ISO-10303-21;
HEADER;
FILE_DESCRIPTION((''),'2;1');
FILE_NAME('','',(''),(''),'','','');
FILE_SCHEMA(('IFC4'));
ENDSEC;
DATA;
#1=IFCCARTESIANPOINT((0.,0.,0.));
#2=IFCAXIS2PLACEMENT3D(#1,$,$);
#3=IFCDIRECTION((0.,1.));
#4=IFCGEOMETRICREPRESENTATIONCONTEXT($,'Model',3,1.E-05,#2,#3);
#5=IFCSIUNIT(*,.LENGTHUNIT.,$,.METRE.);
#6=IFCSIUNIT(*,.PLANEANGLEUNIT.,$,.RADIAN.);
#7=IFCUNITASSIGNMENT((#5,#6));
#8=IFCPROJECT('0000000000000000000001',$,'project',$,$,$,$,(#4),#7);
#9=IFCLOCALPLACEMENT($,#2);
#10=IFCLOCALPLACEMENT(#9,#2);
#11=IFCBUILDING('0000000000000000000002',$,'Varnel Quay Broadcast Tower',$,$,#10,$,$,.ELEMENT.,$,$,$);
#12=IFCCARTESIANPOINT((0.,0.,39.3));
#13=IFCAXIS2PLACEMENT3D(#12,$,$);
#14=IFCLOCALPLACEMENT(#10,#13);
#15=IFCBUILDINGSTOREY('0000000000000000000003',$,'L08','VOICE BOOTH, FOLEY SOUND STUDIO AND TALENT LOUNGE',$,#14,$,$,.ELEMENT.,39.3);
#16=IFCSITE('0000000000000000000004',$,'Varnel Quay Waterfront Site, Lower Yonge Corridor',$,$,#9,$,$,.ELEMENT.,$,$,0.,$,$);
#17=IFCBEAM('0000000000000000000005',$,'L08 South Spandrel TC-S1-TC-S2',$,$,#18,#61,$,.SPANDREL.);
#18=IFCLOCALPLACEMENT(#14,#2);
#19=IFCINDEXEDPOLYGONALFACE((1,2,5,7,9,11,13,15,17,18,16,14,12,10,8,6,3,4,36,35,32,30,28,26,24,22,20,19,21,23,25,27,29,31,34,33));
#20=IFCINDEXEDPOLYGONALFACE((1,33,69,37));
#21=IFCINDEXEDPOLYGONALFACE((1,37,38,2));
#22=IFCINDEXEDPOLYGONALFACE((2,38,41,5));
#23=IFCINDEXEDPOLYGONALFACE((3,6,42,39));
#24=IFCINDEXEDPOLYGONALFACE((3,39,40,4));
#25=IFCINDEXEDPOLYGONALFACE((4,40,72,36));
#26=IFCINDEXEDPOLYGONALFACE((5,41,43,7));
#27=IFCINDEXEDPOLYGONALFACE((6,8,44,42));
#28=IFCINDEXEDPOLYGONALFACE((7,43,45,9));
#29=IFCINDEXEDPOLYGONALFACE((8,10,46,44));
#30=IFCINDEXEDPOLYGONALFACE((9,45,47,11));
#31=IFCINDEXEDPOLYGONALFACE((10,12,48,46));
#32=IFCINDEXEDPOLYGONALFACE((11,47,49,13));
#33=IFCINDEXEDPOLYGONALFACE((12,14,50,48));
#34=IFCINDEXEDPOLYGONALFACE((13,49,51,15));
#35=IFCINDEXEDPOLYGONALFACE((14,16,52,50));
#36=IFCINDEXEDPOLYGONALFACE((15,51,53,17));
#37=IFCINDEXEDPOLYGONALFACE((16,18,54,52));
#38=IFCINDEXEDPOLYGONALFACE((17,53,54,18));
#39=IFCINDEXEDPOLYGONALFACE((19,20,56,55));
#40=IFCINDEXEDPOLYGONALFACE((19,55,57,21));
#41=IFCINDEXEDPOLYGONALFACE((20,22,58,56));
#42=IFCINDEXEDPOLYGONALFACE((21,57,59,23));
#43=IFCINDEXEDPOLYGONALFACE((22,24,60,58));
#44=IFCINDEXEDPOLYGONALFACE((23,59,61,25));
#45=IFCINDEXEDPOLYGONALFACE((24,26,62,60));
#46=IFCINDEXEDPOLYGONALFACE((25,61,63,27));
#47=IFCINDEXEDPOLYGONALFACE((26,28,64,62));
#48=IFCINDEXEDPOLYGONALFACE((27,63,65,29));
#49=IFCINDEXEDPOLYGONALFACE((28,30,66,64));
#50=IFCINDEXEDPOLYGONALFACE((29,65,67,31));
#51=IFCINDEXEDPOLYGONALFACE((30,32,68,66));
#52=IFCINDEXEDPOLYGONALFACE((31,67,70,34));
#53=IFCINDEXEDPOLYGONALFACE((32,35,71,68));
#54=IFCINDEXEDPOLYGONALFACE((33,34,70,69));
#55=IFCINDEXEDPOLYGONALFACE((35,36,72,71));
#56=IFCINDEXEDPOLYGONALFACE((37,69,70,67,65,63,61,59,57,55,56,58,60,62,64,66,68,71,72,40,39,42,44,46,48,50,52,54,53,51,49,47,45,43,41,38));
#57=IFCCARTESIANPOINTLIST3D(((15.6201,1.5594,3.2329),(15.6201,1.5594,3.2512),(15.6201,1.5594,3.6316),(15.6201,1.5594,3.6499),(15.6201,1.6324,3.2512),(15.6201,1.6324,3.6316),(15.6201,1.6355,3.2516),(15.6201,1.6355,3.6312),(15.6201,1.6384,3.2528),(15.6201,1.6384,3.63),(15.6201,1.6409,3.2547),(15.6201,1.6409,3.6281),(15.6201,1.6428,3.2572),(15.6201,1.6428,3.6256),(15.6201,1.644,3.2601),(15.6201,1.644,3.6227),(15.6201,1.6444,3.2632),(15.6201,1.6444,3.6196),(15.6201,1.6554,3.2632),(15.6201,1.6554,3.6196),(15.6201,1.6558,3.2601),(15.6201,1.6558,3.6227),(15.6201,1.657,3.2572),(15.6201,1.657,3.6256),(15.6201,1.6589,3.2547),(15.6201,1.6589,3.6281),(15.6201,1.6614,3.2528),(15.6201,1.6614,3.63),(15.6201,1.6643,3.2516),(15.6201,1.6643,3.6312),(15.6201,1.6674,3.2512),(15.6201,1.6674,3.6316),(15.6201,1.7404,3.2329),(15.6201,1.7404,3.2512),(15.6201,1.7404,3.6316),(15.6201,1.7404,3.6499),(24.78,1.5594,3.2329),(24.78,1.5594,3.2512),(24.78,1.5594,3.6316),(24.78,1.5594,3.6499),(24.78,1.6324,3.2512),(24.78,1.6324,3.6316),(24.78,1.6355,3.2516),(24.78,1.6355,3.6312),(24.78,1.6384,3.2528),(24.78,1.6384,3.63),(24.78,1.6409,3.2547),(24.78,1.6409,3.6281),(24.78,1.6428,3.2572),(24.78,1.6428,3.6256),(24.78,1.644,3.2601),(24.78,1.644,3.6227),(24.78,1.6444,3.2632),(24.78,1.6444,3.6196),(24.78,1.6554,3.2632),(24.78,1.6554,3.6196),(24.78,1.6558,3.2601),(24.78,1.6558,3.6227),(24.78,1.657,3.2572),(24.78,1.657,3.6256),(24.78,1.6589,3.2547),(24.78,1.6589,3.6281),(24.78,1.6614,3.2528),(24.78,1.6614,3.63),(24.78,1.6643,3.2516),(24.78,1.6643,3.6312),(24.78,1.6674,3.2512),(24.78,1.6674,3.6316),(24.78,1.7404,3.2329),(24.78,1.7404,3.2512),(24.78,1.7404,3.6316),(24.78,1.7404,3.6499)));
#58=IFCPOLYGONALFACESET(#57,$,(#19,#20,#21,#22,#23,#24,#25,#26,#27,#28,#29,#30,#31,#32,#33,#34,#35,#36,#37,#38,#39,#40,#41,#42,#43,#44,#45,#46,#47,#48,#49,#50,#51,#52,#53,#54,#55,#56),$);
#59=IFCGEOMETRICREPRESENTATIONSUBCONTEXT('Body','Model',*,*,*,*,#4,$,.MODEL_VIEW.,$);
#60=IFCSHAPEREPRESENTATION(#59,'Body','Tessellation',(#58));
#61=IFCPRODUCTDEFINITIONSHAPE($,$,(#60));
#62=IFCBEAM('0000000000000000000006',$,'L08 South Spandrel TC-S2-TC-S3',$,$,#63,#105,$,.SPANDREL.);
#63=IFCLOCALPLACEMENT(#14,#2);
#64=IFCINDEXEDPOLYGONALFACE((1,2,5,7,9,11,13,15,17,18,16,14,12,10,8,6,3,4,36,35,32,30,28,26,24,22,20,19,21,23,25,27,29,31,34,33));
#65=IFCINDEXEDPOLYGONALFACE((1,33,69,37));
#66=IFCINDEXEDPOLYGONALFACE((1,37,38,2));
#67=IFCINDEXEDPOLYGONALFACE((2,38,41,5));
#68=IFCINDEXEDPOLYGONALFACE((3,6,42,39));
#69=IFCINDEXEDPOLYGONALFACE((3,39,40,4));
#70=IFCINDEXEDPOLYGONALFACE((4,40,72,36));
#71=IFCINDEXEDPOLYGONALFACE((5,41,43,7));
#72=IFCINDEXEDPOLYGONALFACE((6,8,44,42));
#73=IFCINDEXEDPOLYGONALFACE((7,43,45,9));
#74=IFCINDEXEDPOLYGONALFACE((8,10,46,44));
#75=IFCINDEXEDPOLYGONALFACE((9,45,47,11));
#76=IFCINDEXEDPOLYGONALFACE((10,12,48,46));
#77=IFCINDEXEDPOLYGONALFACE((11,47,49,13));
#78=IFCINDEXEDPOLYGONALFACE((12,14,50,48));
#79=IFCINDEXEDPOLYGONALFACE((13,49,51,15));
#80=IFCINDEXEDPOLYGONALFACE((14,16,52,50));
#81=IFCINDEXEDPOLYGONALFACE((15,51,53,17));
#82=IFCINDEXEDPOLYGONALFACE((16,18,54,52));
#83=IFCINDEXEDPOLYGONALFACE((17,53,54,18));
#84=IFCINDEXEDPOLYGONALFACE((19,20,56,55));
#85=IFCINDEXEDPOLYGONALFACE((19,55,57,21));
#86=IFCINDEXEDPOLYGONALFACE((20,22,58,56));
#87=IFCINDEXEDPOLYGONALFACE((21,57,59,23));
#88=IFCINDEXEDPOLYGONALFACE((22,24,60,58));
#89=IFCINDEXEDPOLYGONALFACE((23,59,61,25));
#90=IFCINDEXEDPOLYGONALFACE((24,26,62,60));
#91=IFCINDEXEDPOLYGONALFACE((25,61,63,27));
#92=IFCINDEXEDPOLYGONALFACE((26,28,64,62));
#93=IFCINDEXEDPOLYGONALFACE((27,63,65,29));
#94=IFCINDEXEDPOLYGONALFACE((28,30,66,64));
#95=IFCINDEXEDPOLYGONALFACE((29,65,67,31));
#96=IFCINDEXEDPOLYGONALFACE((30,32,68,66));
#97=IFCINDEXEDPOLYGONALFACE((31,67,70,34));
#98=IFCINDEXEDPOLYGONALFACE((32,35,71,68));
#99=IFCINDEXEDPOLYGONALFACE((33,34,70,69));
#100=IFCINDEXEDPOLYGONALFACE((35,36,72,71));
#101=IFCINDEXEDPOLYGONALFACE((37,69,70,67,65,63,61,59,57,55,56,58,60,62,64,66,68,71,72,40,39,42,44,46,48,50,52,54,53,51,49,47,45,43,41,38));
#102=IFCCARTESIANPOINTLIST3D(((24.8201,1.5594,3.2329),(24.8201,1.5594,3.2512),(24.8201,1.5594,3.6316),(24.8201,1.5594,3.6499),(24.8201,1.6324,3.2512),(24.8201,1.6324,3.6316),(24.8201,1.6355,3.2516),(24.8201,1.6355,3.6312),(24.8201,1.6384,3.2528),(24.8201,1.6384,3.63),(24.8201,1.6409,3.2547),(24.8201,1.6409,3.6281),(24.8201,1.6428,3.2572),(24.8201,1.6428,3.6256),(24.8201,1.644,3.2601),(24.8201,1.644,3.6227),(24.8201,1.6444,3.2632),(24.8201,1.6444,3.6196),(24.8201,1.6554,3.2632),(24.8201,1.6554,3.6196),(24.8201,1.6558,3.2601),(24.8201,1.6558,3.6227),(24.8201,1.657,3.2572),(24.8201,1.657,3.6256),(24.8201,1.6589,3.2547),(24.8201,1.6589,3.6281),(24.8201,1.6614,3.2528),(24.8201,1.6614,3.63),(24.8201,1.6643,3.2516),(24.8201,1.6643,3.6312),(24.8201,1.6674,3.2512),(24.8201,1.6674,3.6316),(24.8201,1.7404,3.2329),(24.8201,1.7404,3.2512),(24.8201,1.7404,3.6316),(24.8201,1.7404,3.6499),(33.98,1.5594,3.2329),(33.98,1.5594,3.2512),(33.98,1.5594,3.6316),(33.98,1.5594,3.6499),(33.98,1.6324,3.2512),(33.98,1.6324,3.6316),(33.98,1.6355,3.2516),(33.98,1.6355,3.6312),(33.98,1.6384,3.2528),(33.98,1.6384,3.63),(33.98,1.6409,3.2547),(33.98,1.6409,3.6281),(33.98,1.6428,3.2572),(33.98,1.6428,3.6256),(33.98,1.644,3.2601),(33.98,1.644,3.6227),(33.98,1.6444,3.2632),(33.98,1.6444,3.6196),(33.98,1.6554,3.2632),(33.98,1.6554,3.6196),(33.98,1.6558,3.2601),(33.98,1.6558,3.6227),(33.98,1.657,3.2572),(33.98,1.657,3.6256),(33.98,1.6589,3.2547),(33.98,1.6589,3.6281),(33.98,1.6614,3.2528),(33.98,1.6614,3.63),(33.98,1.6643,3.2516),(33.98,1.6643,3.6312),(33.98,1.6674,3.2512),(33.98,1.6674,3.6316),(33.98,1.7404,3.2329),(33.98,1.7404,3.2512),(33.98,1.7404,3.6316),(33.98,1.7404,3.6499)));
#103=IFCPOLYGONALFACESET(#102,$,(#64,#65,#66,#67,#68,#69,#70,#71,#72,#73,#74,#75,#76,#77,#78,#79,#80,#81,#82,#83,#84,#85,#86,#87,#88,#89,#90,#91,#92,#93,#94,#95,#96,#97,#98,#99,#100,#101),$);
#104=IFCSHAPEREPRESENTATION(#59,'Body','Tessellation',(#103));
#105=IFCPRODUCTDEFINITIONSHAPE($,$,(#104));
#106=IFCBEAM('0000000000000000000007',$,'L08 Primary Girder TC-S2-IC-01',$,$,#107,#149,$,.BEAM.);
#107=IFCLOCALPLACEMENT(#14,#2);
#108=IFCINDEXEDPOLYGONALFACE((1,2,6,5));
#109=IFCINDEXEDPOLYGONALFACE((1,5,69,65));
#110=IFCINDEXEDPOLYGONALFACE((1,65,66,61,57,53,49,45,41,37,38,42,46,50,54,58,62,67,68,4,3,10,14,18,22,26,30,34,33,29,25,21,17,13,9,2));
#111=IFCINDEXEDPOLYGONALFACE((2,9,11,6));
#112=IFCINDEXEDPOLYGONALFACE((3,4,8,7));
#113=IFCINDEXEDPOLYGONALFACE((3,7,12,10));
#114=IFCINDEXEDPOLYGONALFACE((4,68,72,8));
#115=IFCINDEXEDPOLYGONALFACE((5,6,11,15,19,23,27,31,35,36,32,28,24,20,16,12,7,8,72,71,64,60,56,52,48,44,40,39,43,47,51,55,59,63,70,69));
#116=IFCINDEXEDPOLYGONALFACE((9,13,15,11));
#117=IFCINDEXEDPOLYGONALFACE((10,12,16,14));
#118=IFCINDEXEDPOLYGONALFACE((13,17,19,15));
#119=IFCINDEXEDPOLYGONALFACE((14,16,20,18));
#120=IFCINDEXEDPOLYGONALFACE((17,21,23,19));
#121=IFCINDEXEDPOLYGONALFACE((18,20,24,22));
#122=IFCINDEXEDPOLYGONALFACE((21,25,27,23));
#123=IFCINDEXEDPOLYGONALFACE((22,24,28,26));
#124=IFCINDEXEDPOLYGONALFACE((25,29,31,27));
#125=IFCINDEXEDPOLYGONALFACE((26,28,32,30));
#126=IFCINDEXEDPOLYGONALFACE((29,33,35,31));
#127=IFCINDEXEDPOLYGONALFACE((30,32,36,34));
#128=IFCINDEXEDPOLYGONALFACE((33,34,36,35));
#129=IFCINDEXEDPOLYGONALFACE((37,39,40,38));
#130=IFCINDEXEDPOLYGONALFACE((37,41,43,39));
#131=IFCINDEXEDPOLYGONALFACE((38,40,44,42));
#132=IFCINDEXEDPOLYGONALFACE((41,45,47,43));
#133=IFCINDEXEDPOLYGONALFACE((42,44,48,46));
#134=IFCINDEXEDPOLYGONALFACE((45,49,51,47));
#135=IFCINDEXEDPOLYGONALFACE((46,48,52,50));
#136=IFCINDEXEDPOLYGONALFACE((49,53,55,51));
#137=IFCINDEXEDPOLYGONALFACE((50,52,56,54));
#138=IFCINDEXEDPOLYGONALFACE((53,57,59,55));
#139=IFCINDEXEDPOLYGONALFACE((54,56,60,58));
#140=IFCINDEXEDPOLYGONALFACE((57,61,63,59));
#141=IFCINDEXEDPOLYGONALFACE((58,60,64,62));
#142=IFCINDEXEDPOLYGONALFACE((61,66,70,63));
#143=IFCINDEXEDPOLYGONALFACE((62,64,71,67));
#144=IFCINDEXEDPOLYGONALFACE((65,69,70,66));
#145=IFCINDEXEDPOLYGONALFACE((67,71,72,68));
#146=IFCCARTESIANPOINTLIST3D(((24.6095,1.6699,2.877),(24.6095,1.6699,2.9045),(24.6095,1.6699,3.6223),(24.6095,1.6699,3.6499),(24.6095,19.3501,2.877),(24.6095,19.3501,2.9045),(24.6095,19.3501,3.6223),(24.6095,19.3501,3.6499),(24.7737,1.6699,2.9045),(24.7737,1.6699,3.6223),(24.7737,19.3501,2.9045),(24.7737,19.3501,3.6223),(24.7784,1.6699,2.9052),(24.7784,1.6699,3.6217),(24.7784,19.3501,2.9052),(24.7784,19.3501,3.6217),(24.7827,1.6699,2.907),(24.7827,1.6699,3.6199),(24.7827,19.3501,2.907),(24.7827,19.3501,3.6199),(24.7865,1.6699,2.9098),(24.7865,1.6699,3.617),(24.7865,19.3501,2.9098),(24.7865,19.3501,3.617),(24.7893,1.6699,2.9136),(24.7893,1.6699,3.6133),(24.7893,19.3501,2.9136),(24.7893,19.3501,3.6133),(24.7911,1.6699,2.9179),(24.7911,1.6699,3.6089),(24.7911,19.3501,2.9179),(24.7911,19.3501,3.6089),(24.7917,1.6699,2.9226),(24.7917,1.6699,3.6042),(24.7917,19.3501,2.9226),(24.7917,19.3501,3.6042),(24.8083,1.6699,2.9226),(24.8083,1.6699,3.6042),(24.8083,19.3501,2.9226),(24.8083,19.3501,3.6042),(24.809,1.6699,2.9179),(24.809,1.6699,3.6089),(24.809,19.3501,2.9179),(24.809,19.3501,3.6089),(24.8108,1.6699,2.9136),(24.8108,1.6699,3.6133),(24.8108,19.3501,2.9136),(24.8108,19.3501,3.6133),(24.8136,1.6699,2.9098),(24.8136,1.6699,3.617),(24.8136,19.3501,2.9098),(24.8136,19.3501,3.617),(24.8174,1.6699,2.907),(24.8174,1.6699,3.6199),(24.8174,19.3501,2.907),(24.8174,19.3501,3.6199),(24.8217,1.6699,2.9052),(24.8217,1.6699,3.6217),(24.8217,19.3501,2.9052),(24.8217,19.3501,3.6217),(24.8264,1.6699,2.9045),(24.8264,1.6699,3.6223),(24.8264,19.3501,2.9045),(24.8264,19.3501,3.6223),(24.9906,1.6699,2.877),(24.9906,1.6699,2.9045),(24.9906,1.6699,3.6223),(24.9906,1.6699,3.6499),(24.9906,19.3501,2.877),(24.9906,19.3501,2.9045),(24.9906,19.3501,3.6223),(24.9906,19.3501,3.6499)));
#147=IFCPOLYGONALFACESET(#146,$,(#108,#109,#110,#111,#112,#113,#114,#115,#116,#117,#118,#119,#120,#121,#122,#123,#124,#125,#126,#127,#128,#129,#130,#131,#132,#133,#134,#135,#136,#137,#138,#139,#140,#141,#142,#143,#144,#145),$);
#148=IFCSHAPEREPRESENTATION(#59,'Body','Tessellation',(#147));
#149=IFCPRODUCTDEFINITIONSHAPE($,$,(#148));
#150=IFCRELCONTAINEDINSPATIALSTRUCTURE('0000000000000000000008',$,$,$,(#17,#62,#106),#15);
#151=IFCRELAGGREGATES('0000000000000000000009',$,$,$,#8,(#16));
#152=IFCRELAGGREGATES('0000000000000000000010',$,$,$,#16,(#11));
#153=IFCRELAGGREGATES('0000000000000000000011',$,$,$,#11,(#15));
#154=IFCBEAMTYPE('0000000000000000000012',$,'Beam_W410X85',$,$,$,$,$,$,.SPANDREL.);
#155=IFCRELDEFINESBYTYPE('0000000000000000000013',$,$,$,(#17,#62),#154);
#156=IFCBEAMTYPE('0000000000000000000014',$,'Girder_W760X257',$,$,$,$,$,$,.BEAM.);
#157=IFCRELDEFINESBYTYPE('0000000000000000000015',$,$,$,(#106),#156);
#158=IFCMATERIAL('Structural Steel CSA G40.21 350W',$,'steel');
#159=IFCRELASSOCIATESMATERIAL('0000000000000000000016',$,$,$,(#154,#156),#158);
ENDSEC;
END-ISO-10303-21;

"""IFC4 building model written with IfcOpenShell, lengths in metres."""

from ifc_helpers import new_model, si_unit, direction, frame, origin, origin_2d, place, context, subcontext, project, spatial, i_section, extrude, source, transform, mapped, material, material_profile, profile_set, type_object, type_shapes, element, save


model = new_model("IFC4")

# Units and contexts
model_context = context("Model", 3, precision=1e-05, world=origin(), true_north=direction((0.0, 1.0)))
body_context = subcontext(model_context, "Body", "Model", "MODEL_VIEW")
ifc_project = project(units=[si_unit("LENGTHUNIT", "METRE"), si_unit("PLANEANGLEUNIT", "RADIAN")], contexts=[model_context])

# Site, building, storey
site_placement = place(None, origin())
site = spatial("IfcSite", under=ifc_project, at=site_placement, Name="Varnel Quay Waterfront Site, Lower Yonge Corridor", CompositionType="ELEMENT", RefElevation=0.0)
building_placement = place(site_placement, origin())
building = spatial("IfcBuilding", under=site, at=building_placement, Name="Varnel Quay Broadcast Tower", CompositionType="ELEMENT")
storey_placement = place(building_placement, frame((0.0, 0.0, 39.3)))
storey = spatial("IfcBuildingStorey", under=building, at=storey_placement, Name="L08", Description="VOICE BOOTH, FOLEY SOUND STUDIO AND TALENT LOUNGE", CompositionType="ELEMENT", Elevation=39.3)

# Shared definitions
ifc_material_1 = material(Name="Structural Steel CSA G40.21 350W", Category="steel")

# Beams
ifc_material_profile_1 = material_profile(ifc_material_1, i_section(OverallWidth=0.1809, OverallDepth=0.417, WebThickness=0.011, FlangeThickness=0.0183, FilletRadius=0.012, at=origin_2d()), Name="W410X85")
ifc_profile_set_1 = profile_set([ifc_material_profile_1], Name="Structural Steel CSA G40.21 350W")
beam_type_1 = type_object("IfcBeamType", Name="Beam_W410X85", PredefinedType="SPANDREL", material=ifc_profile_set_1)
shared_shape_1 = source(origin(), body_context, "Body", "SweptSolid", [
    extrude(i_section(OverallWidth=0.1809, OverallDepth=0.417, WebThickness=0.011, FlangeThickness=0.0183, FilletRadius=0.012, at=origin_2d()), origin(), (0.0, 0.0, 1.0), 9.1599),
])
for number, where, z_axis, x_axis, name in (
    (1, (15.6201, 1.6499, 3.4414), (1.0, 0.0, 0.0), (0.0, 1.0, 0.0), "L08 South Spandrel TC-S1-TC-S2"),
    (2, (24.8201, 1.6499, 3.4414), (1.0, 0.0, 0.0), (0.0, 1.0, 0.0), "L08 South Spandrel TC-S2-TC-S3"),
):
    element("IfcBeam", number, at=place(storey_placement, frame(where, z_axis=z_axis, x_axis=x_axis)), inside=storey, type_object=beam_type_1, Name=name, PredefinedType="SPANDREL", context=body_context, shape_type="MappedRepresentation", body=[
        mapped(shared_shape_1, transform((0.0, 0.0, 0.0), x_axis=(1.0, 0.0, 0.0), y_axis=(0.0, 1.0, 0.0), z_axis=(0.0, 0.0, 1.0), scale=1.0)),
    ])
ifc_material_profile_2 = material_profile(ifc_material_1, i_section(OverallWidth=0.3811, OverallDepth=0.7729, WebThickness=0.0166, FlangeThickness=0.0276, FilletRadius=0.0181, at=origin_2d()), Name="W760X257")
ifc_profile_set_2 = profile_set([ifc_material_profile_2], Name="Structural Steel CSA G40.21 350W")
beam_type_2 = type_object("IfcBeamType", Name="Girder_W760X257", PredefinedType="BEAM", material=ifc_profile_set_2)
shared_shape_2 = source(origin(), body_context, "Body", "SweptSolid", [
    extrude(i_section(OverallWidth=0.3811, OverallDepth=0.7729, WebThickness=0.0166, FlangeThickness=0.0276, FilletRadius=0.0181, at=origin_2d()), origin(), (0.0, 0.0, 1.0), 17.6802),
])
type_shapes(beam_type_2, [shared_shape_2])
beam_1_placement = place(storey_placement, frame((24.8, 1.6699, 3.2634), z_axis=(0.0, 1.0, 0.0), x_axis=(-1.0, 0.0, 0.0)))
element("IfcBeam", 3, at=beam_1_placement, inside=storey, type_object=beam_type_2, Name="L08 Primary Girder TC-S2-IC-01", PredefinedType="BEAM", context=body_context, shape_type="MappedRepresentation", body=[
    mapped(shared_shape_2, transform((0.0, 0.0, 0.0), x_axis=(1.0, 0.0, 0.0), y_axis=(0.0, 1.0, 0.0), z_axis=(0.0, 0.0, 1.0), scale=1.0)),
])

save(model, "model.ifc")
